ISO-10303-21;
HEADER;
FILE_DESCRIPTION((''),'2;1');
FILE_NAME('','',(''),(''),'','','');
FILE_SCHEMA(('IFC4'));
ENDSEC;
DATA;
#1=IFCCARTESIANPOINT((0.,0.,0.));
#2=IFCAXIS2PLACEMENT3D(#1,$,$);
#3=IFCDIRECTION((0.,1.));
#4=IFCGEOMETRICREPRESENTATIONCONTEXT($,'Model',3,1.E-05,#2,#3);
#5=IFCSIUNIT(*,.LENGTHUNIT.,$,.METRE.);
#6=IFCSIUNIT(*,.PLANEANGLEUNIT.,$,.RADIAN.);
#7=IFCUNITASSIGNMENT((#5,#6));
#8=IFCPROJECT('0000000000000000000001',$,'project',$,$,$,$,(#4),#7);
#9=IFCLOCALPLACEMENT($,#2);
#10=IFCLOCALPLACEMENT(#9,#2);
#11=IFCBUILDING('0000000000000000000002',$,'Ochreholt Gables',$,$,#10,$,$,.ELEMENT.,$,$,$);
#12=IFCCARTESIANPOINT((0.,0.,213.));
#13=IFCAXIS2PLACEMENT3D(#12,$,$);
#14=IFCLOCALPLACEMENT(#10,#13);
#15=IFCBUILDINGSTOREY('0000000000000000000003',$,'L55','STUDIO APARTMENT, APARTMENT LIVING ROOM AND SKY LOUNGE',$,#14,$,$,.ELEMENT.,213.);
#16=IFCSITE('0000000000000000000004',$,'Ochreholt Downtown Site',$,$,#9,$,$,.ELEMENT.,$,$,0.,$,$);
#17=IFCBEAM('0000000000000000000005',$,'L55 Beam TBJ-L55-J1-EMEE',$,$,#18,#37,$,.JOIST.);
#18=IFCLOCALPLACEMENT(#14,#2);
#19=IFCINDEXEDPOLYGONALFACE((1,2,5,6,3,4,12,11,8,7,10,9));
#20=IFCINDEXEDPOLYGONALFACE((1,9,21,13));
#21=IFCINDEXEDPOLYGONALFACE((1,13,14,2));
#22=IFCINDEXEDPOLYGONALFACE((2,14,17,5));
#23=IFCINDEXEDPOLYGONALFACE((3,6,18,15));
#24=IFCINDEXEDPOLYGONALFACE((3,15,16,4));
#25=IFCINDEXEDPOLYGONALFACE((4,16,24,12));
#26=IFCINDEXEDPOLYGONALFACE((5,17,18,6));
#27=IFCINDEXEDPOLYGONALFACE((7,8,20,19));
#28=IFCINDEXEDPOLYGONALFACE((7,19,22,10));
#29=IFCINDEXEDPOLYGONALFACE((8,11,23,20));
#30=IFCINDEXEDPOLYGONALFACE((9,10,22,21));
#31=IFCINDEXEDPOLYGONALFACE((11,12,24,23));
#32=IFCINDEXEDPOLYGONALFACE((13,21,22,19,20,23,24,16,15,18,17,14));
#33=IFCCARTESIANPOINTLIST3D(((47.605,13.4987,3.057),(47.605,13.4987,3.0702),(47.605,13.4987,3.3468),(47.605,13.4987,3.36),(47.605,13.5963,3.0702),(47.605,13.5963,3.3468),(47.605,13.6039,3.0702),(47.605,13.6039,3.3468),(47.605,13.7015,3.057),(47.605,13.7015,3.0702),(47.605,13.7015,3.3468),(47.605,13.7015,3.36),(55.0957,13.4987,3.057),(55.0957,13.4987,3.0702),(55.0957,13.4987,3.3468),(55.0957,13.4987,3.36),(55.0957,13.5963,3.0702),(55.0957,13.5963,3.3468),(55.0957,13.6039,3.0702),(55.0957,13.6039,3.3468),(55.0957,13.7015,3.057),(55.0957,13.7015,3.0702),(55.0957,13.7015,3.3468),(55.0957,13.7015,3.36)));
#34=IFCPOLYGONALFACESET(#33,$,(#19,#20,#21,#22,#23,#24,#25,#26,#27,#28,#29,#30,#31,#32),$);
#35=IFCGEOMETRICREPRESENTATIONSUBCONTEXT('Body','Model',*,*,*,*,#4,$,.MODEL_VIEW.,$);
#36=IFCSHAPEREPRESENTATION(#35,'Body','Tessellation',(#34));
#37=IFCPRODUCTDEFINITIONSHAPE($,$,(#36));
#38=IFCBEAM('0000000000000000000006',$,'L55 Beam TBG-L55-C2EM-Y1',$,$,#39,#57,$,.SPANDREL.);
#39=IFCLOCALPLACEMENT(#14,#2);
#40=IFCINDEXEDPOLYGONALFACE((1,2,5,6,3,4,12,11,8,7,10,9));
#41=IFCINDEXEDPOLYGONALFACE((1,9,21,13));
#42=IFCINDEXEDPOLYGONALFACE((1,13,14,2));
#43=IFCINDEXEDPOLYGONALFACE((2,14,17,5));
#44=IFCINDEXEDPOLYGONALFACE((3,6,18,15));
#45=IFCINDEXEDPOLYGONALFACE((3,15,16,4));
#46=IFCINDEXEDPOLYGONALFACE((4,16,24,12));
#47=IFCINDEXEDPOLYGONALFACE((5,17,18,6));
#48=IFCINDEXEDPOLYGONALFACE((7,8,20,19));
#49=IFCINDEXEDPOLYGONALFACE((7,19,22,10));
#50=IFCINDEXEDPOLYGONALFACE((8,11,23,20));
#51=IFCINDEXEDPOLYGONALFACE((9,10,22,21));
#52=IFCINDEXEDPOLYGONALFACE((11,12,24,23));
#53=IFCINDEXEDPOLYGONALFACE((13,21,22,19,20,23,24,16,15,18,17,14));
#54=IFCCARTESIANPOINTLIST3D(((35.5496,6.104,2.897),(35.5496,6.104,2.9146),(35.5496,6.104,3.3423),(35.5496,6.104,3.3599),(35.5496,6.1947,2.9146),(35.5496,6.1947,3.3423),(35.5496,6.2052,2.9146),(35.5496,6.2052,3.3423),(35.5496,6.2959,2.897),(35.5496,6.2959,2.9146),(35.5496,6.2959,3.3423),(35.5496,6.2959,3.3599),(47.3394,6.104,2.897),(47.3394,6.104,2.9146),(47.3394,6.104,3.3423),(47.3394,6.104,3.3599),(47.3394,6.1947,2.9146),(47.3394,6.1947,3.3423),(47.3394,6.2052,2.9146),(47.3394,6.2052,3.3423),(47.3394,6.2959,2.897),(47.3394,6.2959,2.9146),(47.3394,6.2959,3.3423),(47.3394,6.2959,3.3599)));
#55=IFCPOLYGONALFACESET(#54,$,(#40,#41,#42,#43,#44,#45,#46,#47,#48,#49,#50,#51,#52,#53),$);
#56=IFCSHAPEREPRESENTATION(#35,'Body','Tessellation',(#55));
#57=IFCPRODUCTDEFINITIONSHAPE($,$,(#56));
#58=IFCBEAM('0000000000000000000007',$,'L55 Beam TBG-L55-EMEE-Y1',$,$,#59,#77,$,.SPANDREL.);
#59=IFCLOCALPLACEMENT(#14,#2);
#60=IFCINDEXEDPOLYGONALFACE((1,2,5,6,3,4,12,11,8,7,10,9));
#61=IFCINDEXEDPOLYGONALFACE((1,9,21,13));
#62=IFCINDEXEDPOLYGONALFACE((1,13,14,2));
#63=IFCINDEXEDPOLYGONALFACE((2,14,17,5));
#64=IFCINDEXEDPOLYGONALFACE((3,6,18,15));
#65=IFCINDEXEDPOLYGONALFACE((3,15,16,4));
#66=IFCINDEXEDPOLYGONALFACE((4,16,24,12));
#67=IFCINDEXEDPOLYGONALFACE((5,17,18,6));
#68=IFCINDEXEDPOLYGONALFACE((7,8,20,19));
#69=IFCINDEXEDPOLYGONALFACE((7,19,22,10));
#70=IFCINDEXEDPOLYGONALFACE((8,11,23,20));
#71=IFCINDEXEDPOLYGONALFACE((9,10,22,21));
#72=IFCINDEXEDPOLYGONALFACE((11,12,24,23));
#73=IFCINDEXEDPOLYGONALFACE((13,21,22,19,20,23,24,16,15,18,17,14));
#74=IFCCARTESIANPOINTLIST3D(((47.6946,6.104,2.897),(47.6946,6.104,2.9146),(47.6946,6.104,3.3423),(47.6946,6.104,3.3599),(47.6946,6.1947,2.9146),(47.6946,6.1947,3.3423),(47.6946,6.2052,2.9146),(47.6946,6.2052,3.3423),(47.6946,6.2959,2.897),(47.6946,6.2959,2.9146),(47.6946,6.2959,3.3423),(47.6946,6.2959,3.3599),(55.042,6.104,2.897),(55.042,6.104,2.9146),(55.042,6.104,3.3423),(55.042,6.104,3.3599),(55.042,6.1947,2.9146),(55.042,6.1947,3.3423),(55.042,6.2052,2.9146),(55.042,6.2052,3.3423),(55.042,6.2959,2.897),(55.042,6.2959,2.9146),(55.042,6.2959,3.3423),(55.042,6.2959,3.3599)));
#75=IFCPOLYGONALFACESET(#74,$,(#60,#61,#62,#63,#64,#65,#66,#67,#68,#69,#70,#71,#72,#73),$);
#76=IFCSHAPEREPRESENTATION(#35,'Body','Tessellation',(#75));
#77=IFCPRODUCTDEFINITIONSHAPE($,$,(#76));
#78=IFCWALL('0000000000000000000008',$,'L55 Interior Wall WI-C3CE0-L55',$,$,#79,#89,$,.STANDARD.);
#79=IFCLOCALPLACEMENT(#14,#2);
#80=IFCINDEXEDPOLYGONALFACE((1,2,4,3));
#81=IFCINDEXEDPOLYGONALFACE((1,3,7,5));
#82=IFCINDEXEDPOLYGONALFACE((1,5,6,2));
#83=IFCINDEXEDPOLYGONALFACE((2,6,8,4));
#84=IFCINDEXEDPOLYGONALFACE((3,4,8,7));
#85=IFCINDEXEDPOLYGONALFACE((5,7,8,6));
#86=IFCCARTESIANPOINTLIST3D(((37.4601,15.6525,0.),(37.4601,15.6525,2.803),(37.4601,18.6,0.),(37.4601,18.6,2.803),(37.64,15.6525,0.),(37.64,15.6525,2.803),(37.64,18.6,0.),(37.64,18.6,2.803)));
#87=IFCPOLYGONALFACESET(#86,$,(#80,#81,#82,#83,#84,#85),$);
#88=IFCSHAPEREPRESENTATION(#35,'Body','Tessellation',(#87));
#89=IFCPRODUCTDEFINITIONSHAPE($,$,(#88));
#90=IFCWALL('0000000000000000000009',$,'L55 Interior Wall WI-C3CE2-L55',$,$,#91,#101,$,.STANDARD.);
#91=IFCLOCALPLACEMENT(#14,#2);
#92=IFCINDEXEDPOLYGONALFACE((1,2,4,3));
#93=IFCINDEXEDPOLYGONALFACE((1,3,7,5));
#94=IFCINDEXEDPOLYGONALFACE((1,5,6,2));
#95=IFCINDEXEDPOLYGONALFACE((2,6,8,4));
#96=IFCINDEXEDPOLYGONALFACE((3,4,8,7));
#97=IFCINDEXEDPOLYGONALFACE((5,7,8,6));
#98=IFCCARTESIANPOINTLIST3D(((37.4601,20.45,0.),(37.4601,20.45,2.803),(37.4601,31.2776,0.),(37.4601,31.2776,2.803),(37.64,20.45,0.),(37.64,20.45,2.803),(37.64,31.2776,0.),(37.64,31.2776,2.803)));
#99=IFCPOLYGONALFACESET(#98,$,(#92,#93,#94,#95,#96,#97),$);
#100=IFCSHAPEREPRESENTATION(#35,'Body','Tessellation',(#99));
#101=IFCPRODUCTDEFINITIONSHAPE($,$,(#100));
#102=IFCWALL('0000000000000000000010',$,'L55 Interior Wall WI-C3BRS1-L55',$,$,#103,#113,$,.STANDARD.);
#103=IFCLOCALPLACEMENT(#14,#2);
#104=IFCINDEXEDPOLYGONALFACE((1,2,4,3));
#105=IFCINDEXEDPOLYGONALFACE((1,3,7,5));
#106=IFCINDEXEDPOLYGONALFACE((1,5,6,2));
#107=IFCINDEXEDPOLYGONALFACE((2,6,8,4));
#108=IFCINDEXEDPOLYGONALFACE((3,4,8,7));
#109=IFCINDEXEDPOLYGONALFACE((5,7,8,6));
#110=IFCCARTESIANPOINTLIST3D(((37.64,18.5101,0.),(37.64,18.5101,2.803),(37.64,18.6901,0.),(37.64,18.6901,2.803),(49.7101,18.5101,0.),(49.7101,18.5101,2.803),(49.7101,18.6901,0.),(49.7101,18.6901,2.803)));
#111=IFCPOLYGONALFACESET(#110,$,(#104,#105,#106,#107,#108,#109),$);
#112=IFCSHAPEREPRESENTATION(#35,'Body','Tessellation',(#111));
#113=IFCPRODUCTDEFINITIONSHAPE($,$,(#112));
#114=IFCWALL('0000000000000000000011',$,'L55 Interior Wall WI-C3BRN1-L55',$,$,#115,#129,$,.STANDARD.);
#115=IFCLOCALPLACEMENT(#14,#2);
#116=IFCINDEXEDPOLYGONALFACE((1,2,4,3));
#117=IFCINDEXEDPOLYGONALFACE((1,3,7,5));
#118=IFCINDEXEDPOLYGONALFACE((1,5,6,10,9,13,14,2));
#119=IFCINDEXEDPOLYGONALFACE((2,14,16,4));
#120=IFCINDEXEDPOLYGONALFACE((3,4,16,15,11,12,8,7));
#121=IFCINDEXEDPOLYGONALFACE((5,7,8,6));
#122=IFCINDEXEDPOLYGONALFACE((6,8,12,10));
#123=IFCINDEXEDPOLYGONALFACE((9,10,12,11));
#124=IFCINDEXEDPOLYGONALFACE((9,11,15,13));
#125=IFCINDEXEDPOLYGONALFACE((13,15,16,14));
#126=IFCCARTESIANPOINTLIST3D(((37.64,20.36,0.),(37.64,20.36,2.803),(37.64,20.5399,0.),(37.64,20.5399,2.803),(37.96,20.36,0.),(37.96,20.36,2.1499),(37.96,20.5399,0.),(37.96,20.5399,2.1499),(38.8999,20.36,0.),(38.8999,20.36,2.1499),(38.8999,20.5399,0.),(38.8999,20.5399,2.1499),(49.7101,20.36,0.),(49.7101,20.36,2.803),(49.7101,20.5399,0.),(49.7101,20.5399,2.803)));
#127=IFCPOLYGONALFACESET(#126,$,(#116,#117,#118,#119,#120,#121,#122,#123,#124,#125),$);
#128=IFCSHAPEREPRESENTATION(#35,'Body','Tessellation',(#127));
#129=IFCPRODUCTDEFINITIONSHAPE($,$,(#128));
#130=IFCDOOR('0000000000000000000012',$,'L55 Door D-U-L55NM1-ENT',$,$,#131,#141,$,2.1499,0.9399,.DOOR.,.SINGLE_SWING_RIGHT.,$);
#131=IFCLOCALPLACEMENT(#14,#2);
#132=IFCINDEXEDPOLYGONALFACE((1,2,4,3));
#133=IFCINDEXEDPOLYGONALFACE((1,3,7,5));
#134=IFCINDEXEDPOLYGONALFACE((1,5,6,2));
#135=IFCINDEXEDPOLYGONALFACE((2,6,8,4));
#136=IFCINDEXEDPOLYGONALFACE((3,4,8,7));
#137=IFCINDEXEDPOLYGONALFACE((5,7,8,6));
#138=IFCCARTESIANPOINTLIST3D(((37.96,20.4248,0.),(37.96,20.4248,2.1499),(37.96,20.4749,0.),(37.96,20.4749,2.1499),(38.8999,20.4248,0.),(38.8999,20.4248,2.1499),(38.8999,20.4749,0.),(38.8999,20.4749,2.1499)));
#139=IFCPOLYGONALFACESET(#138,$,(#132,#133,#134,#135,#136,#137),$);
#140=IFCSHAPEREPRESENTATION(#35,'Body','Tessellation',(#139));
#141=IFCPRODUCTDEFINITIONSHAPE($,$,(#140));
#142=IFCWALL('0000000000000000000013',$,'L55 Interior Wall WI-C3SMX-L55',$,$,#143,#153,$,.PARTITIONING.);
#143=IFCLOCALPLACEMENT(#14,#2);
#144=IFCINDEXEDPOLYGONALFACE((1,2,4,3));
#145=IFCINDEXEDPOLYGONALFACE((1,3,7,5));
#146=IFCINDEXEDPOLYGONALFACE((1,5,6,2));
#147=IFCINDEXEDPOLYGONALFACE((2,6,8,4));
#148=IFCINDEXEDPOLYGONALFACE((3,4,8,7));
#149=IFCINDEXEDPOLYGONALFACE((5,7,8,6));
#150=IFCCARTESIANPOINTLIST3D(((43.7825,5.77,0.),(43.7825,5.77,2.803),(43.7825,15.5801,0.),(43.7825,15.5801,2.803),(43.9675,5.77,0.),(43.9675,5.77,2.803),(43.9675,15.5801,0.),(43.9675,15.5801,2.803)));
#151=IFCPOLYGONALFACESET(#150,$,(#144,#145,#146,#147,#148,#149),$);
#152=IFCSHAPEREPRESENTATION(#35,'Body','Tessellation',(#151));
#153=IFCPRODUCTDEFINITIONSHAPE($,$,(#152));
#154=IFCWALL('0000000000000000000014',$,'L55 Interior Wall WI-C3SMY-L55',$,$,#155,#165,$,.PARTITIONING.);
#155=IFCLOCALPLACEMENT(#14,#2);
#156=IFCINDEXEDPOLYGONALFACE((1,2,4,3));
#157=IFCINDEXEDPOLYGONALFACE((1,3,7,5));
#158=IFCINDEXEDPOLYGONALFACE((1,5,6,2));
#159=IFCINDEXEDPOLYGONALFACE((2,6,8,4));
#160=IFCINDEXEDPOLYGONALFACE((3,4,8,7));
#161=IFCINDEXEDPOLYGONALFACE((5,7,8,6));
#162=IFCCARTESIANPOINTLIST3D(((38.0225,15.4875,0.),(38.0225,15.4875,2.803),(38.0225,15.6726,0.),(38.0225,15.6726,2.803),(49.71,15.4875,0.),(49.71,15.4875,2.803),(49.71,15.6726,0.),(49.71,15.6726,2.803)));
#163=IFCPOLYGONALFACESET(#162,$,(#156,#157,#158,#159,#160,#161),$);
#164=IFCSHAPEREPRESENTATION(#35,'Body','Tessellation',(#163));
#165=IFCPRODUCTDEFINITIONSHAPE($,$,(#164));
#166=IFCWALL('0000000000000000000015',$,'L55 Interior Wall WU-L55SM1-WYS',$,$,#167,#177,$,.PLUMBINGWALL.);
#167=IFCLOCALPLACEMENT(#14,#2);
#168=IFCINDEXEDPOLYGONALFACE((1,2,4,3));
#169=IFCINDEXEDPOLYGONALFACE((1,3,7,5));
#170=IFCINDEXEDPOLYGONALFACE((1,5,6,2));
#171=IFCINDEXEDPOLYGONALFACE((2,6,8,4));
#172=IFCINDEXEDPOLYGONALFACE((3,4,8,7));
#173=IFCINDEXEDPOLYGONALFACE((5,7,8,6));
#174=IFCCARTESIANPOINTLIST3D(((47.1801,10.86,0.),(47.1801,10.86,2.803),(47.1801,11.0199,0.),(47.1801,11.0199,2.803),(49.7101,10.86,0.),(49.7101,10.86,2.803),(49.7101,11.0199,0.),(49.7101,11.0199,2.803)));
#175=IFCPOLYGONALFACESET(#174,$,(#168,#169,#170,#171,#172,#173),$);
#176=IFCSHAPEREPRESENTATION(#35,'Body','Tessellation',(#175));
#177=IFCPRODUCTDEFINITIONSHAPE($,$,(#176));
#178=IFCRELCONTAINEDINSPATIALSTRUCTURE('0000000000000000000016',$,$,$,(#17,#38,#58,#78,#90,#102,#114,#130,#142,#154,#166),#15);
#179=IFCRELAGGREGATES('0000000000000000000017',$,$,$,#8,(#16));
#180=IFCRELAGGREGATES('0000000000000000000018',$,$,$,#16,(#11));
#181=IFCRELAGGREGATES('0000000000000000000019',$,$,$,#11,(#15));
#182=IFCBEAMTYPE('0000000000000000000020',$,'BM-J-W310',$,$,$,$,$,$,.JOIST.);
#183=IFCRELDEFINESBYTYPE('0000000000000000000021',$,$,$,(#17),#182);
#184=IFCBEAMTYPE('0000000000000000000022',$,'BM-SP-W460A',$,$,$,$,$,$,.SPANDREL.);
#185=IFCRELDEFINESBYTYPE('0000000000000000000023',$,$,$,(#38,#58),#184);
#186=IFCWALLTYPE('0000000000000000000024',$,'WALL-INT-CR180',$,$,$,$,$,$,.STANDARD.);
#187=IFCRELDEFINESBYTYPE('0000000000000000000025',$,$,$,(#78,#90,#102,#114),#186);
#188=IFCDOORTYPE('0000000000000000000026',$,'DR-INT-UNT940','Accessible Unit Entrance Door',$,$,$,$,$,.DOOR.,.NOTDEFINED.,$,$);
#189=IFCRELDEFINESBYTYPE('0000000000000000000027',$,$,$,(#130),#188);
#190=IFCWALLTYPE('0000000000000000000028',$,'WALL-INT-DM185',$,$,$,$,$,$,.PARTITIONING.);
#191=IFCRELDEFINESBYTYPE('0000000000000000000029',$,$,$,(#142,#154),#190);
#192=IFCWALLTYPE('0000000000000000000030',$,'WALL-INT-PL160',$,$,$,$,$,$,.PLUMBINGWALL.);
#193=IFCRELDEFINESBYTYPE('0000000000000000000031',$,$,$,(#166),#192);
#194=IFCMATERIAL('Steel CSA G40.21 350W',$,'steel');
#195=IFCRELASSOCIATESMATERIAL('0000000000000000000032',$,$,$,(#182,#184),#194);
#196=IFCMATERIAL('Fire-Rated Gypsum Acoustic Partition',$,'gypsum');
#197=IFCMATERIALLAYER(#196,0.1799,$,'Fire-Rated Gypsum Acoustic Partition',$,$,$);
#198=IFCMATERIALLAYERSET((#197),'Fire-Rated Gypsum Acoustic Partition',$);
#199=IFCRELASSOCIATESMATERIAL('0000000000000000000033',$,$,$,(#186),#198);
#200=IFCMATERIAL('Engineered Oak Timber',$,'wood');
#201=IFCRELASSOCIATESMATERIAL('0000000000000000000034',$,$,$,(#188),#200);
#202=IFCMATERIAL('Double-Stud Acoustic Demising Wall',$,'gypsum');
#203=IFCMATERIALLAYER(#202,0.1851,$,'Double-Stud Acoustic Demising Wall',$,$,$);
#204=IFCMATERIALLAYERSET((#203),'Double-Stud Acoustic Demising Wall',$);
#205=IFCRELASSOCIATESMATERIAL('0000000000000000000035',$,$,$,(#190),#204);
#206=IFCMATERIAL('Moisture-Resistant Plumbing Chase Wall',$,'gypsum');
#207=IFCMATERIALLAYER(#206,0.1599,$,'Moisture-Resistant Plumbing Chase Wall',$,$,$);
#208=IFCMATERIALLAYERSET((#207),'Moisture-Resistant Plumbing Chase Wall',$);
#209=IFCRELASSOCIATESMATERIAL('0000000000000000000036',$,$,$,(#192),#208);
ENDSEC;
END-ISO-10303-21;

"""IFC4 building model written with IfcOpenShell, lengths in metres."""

from ifc_helpers import new_model, si_unit, direction, frame, frame_2d, origin, origin_2d, place, context, subcontext, project, spatial, rectangle, i_section, extrude, material, layer, layer_set, material_profile, profile_set, type_object, element, fill, save


model = new_model("IFC4")

# Units and contexts
model_context = context("Model", 3, precision=1e-05, world=origin(), true_north=direction((0.0, 1.0)))
body_context = subcontext(model_context, "Body", "Model", "MODEL_VIEW")
ifc_project = project(units=[si_unit("LENGTHUNIT", "METRE"), si_unit("PLANEANGLEUNIT", "RADIAN")], contexts=[model_context])

# Site, building, storey
site_placement = place(None, origin())
site = spatial("IfcSite", under=ifc_project, at=site_placement, Name="Ochreholt Downtown Site", CompositionType="ELEMENT", RefElevation=0.0)
building_placement = place(site_placement, origin())
building = spatial("IfcBuilding", under=site, at=building_placement, Name="Ochreholt Gables", CompositionType="ELEMENT")
storey_placement = place(building_placement, frame((0.0, 0.0, 213.0)))
storey = spatial("IfcBuildingStorey", under=building, at=storey_placement, Name="L55", Description="STUDIO APARTMENT, APARTMENT LIVING ROOM AND SKY LOUNGE", CompositionType="ELEMENT", Elevation=213.0)

# Shared definitions
ifc_material_1 = material(Name="Steel CSA G40.21 350W", Category="steel")

# Beams
ifc_material_profile_1 = material_profile(ifc_material_1, i_section(OverallWidth=0.2029, OverallDepth=0.303, WebThickness=0.0076, FlangeThickness=0.0132, at=origin_2d()), Name="W310X60")
ifc_profile_set_1 = profile_set([ifc_material_profile_1], Name="Steel CSA G40.21 350W")
beam_type_1 = type_object("IfcBeamType", Name="BM-J-W310", PredefinedType="JOIST", material=ifc_profile_set_1)
beam_1_placement = place(storey_placement, frame((47.605, 13.6001, 3.2085), z_axis=(1.0, 0.0, 0.0), x_axis=(0.0, 1.0, 0.0)))
element("IfcBeam", 1, at=beam_1_placement, inside=storey, type_object=beam_type_1, Name="L55 Beam TBJ-L55-J1-EMEE", PredefinedType="JOIST", context=body_context, shape_type="SweptSolid", body=[
    extrude(i_section(OverallWidth=0.2029, OverallDepth=0.303, WebThickness=0.0076, FlangeThickness=0.0132, at=origin_2d()), origin(), (0.0, 0.0, 1.0), 7.4907),
])
ifc_material_profile_2 = material_profile(ifc_material_1, i_section(OverallWidth=0.1919, OverallDepth=0.4629, WebThickness=0.0105, FlangeThickness=0.0176, at=origin_2d()), Name="W460X89")
ifc_profile_set_2 = profile_set([ifc_material_profile_2], Name="Steel CSA G40.21 350W")
beam_type_2 = type_object("IfcBeamType", Name="BM-SP-W460A", PredefinedType="SPANDREL", material=ifc_profile_set_2)
beam_2_placement = place(storey_placement, frame((35.5496, 6.2, 3.1284), z_axis=(1.0, 0.0, 0.0), x_axis=(0.0, 1.0, 0.0)))
element("IfcBeam", 2, at=beam_2_placement, inside=storey, type_object=beam_type_2, Name="L55 Beam TBG-L55-C2EM-Y1", PredefinedType="SPANDREL", context=body_context, shape_type="SweptSolid", body=[
    extrude(i_section(OverallWidth=0.1919, OverallDepth=0.4629, WebThickness=0.0105, FlangeThickness=0.0176, at=origin_2d()), origin(), (0.0, 0.0, 1.0), 11.7898),
])
beam_3_placement = place(storey_placement, frame((47.6946, 6.2, 3.1284), z_axis=(1.0, 0.0, 0.0), x_axis=(0.0, 1.0, 0.0)))
element("IfcBeam", 3, at=beam_3_placement, inside=storey, type_object=beam_type_2, Name="L55 Beam TBG-L55-EMEE-Y1", PredefinedType="SPANDREL", context=body_context, shape_type="SweptSolid", body=[
    extrude(i_section(OverallWidth=0.1919, OverallDepth=0.4629, WebThickness=0.0105, FlangeThickness=0.0176, at=origin_2d()), origin(), (0.0, 0.0, 1.0), 7.3474),
])

# Walls
ifc_material_2 = material(Name="Fire-Rated Gypsum Acoustic Partition", Category="gypsum")
ifc_layer_1 = layer(ifc_material_2, 0.1799, Name="Fire-Rated Gypsum Acoustic Partition")
ifc_layer_set_1 = layer_set([ifc_layer_1], Name="Fire-Rated Gypsum Acoustic Partition")
wall_type_1 = type_object("IfcWallType", Name="WALL-INT-CR180", PredefinedType="STANDARD", material=ifc_layer_set_1)
wall_1_placement = place(storey_placement, frame((37.55, 15.6526, 0.0), z_axis=(0.0, 0.0, 1.0), x_axis=(0.0, 1.0, 0.0)))
element("IfcWall", 4, at=wall_1_placement, inside=storey, type_object=wall_type_1, Name="L55 Interior Wall WI-C3CE0-L55", PredefinedType="STANDARD", context=body_context, shape_type="SweptSolid", body=[
    extrude(rectangle(XDim=2.9475, YDim=0.1799, at=frame_2d((1.4736, 0.0))), origin(), (0.0, 0.0, 1.0), 2.803),
])
wall_2_placement = place(storey_placement, frame((37.55, 20.45, 0.0), z_axis=(0.0, 0.0, 1.0), x_axis=(0.0, 1.0, 0.0)))
element("IfcWall", 5, at=wall_2_placement, inside=storey, type_object=wall_type_1, Name="L55 Interior Wall WI-C3CE2-L55", PredefinedType="STANDARD", context=body_context, shape_type="SweptSolid", body=[
    extrude(rectangle(XDim=10.8276, YDim=0.1799, at=frame_2d((5.4138, 0.0))), origin(), (0.0, 0.0, 1.0), 2.803),
])
wall_3_placement = place(storey_placement, frame((37.6399, 18.6001, 0.0), z_axis=(0.0, 0.0, 1.0), x_axis=(1.0, 0.0, 0.0)))
element("IfcWall", 6, at=wall_3_placement, inside=storey, type_object=wall_type_1, Name="L55 Interior Wall WI-C3BRS1-L55", PredefinedType="STANDARD", context=body_context, shape_type="SweptSolid", body=[
    extrude(rectangle(XDim=12.0701, YDim=0.1799, at=frame_2d((6.0352, 0.0))), origin(), (0.0, 0.0, 1.0), 2.803),
])

# Wall, opening, door
wall_4_placement = place(storey_placement, frame((37.6399, 20.45, 0.0), z_axis=(0.0, 0.0, 1.0), x_axis=(1.0, 0.0, 0.0)))
wall_4 = element("IfcWall", 7, at=wall_4_placement, inside=storey, type_object=wall_type_1, Name="L55 Interior Wall WI-C3BRN1-L55", PredefinedType="STANDARD", context=body_context, shape_type="SweptSolid", body=[
    extrude(rectangle(XDim=12.0701, YDim=0.1799, at=frame_2d((6.0352, 0.0))), origin(), (0.0, 0.0, 1.0), 2.803),
])
opening_1_placement = place(wall_4_placement, frame((0.3201, 0.0, 0.0)))
opening_1 = element("IfcOpeningElement", 8, at=opening_1_placement, cuts=wall_4, PredefinedType="OPENING", context=body_context, shape_type="SweptSolid", body=[
    extrude(rectangle(XDim=0.9399, YDim=2.1499, at=frame_2d((0.47, 1.075))), frame((0.0, 0.0999, 0.0), z_axis=(0.0, -1.0, 0.0), x_axis=(1.0, 0.0, 0.0)), (0.0, 0.0, 1.0), 0.2),
])
ifc_material_3 = material(Name="Engineered Oak Timber", Category="wood")
door_type_1 = type_object("IfcDoorType", Name="DR-INT-UNT940", Description="Accessible Unit Entrance Door", OperationType="NOTDEFINED", PredefinedType="DOOR", material=ifc_material_3)
door_1_placement = place(opening_1_placement, origin())
door_1 = element("IfcDoor", 9, at=door_1_placement, inside=storey, type_object=door_type_1, Name="L55 Door D-U-L55NM1-ENT", OperationType="SINGLE_SWING_RIGHT", OverallHeight=2.1499, OverallWidth=0.9399, PredefinedType="DOOR", context=body_context, shape_type="SweptSolid", body=[
    extrude(rectangle(XDim=0.9399, YDim=2.1499, at=frame_2d((0.47, 1.075))), frame((0.0, 0.0249, 0.0), z_axis=(0.0, -1.0, 0.0), x_axis=(1.0, 0.0, 0.0)), (0.0, 0.0, 1.0), 0.05),
])
fill(opening_1, door_1)

# Walls
ifc_material_4 = material(Name="Double-Stud Acoustic Demising Wall", Category="gypsum")
ifc_layer_2 = layer(ifc_material_4, 0.1851, Name="Double-Stud Acoustic Demising Wall")
ifc_layer_set_2 = layer_set([ifc_layer_2], Name="Double-Stud Acoustic Demising Wall")
wall_type_2 = type_object("IfcWallType", Name="WALL-INT-DM185", PredefinedType="PARTITIONING", material=ifc_layer_set_2)
wall_5_placement = place(storey_placement, frame((43.875, 5.77, 0.0), z_axis=(0.0, 0.0, 1.0), x_axis=(0.0, 1.0, 0.0)))
element("IfcWall", 10, at=wall_5_placement, inside=storey, type_object=wall_type_2, Name="L55 Interior Wall WI-C3SMX-L55", PredefinedType="PARTITIONING", context=body_context, shape_type="SweptSolid", body=[
    extrude(rectangle(XDim=9.8101, YDim=0.1851, at=frame_2d((4.905, 0.0))), origin(), (0.0, 0.0, 1.0), 2.803),
])
wall_6_placement = place(storey_placement, frame((38.0225, 15.5801, 0.0), z_axis=(0.0, 0.0, 1.0), x_axis=(1.0, 0.0, 0.0)))
element("IfcWall", 11, at=wall_6_placement, inside=storey, type_object=wall_type_2, Name="L55 Interior Wall WI-C3SMY-L55", PredefinedType="PARTITIONING", context=body_context, shape_type="SweptSolid", body=[
    extrude(rectangle(XDim=11.6875, YDim=0.1851, at=frame_2d((5.8438, 0.0))), origin(), (0.0, 0.0, 1.0), 2.803),
])
ifc_material_5 = material(Name="Moisture-Resistant Plumbing Chase Wall", Category="gypsum")
ifc_layer_3 = layer(ifc_material_5, 0.1599, Name="Moisture-Resistant Plumbing Chase Wall")
ifc_layer_set_3 = layer_set([ifc_layer_3], Name="Moisture-Resistant Plumbing Chase Wall")
wall_type_3 = type_object("IfcWallType", Name="WALL-INT-PL160", PredefinedType="PLUMBINGWALL", material=ifc_layer_set_3)
wall_7_placement = place(storey_placement, frame((47.1799, 10.9399, 0.0), z_axis=(0.0, 0.0, 1.0), x_axis=(1.0, 0.0, 0.0)))
element("IfcWall", 12, at=wall_7_placement, inside=storey, type_object=wall_type_3, Name="L55 Interior Wall WU-L55SM1-WYS", PredefinedType="PLUMBINGWALL", context=body_context, shape_type="SweptSolid", body=[
    extrude(rectangle(XDim=2.53, YDim=0.1599, at=frame_2d((1.2651, 0.0))), origin(), (0.0, 0.0, 1.0), 2.803),
])

save(model, "model.ifc")
